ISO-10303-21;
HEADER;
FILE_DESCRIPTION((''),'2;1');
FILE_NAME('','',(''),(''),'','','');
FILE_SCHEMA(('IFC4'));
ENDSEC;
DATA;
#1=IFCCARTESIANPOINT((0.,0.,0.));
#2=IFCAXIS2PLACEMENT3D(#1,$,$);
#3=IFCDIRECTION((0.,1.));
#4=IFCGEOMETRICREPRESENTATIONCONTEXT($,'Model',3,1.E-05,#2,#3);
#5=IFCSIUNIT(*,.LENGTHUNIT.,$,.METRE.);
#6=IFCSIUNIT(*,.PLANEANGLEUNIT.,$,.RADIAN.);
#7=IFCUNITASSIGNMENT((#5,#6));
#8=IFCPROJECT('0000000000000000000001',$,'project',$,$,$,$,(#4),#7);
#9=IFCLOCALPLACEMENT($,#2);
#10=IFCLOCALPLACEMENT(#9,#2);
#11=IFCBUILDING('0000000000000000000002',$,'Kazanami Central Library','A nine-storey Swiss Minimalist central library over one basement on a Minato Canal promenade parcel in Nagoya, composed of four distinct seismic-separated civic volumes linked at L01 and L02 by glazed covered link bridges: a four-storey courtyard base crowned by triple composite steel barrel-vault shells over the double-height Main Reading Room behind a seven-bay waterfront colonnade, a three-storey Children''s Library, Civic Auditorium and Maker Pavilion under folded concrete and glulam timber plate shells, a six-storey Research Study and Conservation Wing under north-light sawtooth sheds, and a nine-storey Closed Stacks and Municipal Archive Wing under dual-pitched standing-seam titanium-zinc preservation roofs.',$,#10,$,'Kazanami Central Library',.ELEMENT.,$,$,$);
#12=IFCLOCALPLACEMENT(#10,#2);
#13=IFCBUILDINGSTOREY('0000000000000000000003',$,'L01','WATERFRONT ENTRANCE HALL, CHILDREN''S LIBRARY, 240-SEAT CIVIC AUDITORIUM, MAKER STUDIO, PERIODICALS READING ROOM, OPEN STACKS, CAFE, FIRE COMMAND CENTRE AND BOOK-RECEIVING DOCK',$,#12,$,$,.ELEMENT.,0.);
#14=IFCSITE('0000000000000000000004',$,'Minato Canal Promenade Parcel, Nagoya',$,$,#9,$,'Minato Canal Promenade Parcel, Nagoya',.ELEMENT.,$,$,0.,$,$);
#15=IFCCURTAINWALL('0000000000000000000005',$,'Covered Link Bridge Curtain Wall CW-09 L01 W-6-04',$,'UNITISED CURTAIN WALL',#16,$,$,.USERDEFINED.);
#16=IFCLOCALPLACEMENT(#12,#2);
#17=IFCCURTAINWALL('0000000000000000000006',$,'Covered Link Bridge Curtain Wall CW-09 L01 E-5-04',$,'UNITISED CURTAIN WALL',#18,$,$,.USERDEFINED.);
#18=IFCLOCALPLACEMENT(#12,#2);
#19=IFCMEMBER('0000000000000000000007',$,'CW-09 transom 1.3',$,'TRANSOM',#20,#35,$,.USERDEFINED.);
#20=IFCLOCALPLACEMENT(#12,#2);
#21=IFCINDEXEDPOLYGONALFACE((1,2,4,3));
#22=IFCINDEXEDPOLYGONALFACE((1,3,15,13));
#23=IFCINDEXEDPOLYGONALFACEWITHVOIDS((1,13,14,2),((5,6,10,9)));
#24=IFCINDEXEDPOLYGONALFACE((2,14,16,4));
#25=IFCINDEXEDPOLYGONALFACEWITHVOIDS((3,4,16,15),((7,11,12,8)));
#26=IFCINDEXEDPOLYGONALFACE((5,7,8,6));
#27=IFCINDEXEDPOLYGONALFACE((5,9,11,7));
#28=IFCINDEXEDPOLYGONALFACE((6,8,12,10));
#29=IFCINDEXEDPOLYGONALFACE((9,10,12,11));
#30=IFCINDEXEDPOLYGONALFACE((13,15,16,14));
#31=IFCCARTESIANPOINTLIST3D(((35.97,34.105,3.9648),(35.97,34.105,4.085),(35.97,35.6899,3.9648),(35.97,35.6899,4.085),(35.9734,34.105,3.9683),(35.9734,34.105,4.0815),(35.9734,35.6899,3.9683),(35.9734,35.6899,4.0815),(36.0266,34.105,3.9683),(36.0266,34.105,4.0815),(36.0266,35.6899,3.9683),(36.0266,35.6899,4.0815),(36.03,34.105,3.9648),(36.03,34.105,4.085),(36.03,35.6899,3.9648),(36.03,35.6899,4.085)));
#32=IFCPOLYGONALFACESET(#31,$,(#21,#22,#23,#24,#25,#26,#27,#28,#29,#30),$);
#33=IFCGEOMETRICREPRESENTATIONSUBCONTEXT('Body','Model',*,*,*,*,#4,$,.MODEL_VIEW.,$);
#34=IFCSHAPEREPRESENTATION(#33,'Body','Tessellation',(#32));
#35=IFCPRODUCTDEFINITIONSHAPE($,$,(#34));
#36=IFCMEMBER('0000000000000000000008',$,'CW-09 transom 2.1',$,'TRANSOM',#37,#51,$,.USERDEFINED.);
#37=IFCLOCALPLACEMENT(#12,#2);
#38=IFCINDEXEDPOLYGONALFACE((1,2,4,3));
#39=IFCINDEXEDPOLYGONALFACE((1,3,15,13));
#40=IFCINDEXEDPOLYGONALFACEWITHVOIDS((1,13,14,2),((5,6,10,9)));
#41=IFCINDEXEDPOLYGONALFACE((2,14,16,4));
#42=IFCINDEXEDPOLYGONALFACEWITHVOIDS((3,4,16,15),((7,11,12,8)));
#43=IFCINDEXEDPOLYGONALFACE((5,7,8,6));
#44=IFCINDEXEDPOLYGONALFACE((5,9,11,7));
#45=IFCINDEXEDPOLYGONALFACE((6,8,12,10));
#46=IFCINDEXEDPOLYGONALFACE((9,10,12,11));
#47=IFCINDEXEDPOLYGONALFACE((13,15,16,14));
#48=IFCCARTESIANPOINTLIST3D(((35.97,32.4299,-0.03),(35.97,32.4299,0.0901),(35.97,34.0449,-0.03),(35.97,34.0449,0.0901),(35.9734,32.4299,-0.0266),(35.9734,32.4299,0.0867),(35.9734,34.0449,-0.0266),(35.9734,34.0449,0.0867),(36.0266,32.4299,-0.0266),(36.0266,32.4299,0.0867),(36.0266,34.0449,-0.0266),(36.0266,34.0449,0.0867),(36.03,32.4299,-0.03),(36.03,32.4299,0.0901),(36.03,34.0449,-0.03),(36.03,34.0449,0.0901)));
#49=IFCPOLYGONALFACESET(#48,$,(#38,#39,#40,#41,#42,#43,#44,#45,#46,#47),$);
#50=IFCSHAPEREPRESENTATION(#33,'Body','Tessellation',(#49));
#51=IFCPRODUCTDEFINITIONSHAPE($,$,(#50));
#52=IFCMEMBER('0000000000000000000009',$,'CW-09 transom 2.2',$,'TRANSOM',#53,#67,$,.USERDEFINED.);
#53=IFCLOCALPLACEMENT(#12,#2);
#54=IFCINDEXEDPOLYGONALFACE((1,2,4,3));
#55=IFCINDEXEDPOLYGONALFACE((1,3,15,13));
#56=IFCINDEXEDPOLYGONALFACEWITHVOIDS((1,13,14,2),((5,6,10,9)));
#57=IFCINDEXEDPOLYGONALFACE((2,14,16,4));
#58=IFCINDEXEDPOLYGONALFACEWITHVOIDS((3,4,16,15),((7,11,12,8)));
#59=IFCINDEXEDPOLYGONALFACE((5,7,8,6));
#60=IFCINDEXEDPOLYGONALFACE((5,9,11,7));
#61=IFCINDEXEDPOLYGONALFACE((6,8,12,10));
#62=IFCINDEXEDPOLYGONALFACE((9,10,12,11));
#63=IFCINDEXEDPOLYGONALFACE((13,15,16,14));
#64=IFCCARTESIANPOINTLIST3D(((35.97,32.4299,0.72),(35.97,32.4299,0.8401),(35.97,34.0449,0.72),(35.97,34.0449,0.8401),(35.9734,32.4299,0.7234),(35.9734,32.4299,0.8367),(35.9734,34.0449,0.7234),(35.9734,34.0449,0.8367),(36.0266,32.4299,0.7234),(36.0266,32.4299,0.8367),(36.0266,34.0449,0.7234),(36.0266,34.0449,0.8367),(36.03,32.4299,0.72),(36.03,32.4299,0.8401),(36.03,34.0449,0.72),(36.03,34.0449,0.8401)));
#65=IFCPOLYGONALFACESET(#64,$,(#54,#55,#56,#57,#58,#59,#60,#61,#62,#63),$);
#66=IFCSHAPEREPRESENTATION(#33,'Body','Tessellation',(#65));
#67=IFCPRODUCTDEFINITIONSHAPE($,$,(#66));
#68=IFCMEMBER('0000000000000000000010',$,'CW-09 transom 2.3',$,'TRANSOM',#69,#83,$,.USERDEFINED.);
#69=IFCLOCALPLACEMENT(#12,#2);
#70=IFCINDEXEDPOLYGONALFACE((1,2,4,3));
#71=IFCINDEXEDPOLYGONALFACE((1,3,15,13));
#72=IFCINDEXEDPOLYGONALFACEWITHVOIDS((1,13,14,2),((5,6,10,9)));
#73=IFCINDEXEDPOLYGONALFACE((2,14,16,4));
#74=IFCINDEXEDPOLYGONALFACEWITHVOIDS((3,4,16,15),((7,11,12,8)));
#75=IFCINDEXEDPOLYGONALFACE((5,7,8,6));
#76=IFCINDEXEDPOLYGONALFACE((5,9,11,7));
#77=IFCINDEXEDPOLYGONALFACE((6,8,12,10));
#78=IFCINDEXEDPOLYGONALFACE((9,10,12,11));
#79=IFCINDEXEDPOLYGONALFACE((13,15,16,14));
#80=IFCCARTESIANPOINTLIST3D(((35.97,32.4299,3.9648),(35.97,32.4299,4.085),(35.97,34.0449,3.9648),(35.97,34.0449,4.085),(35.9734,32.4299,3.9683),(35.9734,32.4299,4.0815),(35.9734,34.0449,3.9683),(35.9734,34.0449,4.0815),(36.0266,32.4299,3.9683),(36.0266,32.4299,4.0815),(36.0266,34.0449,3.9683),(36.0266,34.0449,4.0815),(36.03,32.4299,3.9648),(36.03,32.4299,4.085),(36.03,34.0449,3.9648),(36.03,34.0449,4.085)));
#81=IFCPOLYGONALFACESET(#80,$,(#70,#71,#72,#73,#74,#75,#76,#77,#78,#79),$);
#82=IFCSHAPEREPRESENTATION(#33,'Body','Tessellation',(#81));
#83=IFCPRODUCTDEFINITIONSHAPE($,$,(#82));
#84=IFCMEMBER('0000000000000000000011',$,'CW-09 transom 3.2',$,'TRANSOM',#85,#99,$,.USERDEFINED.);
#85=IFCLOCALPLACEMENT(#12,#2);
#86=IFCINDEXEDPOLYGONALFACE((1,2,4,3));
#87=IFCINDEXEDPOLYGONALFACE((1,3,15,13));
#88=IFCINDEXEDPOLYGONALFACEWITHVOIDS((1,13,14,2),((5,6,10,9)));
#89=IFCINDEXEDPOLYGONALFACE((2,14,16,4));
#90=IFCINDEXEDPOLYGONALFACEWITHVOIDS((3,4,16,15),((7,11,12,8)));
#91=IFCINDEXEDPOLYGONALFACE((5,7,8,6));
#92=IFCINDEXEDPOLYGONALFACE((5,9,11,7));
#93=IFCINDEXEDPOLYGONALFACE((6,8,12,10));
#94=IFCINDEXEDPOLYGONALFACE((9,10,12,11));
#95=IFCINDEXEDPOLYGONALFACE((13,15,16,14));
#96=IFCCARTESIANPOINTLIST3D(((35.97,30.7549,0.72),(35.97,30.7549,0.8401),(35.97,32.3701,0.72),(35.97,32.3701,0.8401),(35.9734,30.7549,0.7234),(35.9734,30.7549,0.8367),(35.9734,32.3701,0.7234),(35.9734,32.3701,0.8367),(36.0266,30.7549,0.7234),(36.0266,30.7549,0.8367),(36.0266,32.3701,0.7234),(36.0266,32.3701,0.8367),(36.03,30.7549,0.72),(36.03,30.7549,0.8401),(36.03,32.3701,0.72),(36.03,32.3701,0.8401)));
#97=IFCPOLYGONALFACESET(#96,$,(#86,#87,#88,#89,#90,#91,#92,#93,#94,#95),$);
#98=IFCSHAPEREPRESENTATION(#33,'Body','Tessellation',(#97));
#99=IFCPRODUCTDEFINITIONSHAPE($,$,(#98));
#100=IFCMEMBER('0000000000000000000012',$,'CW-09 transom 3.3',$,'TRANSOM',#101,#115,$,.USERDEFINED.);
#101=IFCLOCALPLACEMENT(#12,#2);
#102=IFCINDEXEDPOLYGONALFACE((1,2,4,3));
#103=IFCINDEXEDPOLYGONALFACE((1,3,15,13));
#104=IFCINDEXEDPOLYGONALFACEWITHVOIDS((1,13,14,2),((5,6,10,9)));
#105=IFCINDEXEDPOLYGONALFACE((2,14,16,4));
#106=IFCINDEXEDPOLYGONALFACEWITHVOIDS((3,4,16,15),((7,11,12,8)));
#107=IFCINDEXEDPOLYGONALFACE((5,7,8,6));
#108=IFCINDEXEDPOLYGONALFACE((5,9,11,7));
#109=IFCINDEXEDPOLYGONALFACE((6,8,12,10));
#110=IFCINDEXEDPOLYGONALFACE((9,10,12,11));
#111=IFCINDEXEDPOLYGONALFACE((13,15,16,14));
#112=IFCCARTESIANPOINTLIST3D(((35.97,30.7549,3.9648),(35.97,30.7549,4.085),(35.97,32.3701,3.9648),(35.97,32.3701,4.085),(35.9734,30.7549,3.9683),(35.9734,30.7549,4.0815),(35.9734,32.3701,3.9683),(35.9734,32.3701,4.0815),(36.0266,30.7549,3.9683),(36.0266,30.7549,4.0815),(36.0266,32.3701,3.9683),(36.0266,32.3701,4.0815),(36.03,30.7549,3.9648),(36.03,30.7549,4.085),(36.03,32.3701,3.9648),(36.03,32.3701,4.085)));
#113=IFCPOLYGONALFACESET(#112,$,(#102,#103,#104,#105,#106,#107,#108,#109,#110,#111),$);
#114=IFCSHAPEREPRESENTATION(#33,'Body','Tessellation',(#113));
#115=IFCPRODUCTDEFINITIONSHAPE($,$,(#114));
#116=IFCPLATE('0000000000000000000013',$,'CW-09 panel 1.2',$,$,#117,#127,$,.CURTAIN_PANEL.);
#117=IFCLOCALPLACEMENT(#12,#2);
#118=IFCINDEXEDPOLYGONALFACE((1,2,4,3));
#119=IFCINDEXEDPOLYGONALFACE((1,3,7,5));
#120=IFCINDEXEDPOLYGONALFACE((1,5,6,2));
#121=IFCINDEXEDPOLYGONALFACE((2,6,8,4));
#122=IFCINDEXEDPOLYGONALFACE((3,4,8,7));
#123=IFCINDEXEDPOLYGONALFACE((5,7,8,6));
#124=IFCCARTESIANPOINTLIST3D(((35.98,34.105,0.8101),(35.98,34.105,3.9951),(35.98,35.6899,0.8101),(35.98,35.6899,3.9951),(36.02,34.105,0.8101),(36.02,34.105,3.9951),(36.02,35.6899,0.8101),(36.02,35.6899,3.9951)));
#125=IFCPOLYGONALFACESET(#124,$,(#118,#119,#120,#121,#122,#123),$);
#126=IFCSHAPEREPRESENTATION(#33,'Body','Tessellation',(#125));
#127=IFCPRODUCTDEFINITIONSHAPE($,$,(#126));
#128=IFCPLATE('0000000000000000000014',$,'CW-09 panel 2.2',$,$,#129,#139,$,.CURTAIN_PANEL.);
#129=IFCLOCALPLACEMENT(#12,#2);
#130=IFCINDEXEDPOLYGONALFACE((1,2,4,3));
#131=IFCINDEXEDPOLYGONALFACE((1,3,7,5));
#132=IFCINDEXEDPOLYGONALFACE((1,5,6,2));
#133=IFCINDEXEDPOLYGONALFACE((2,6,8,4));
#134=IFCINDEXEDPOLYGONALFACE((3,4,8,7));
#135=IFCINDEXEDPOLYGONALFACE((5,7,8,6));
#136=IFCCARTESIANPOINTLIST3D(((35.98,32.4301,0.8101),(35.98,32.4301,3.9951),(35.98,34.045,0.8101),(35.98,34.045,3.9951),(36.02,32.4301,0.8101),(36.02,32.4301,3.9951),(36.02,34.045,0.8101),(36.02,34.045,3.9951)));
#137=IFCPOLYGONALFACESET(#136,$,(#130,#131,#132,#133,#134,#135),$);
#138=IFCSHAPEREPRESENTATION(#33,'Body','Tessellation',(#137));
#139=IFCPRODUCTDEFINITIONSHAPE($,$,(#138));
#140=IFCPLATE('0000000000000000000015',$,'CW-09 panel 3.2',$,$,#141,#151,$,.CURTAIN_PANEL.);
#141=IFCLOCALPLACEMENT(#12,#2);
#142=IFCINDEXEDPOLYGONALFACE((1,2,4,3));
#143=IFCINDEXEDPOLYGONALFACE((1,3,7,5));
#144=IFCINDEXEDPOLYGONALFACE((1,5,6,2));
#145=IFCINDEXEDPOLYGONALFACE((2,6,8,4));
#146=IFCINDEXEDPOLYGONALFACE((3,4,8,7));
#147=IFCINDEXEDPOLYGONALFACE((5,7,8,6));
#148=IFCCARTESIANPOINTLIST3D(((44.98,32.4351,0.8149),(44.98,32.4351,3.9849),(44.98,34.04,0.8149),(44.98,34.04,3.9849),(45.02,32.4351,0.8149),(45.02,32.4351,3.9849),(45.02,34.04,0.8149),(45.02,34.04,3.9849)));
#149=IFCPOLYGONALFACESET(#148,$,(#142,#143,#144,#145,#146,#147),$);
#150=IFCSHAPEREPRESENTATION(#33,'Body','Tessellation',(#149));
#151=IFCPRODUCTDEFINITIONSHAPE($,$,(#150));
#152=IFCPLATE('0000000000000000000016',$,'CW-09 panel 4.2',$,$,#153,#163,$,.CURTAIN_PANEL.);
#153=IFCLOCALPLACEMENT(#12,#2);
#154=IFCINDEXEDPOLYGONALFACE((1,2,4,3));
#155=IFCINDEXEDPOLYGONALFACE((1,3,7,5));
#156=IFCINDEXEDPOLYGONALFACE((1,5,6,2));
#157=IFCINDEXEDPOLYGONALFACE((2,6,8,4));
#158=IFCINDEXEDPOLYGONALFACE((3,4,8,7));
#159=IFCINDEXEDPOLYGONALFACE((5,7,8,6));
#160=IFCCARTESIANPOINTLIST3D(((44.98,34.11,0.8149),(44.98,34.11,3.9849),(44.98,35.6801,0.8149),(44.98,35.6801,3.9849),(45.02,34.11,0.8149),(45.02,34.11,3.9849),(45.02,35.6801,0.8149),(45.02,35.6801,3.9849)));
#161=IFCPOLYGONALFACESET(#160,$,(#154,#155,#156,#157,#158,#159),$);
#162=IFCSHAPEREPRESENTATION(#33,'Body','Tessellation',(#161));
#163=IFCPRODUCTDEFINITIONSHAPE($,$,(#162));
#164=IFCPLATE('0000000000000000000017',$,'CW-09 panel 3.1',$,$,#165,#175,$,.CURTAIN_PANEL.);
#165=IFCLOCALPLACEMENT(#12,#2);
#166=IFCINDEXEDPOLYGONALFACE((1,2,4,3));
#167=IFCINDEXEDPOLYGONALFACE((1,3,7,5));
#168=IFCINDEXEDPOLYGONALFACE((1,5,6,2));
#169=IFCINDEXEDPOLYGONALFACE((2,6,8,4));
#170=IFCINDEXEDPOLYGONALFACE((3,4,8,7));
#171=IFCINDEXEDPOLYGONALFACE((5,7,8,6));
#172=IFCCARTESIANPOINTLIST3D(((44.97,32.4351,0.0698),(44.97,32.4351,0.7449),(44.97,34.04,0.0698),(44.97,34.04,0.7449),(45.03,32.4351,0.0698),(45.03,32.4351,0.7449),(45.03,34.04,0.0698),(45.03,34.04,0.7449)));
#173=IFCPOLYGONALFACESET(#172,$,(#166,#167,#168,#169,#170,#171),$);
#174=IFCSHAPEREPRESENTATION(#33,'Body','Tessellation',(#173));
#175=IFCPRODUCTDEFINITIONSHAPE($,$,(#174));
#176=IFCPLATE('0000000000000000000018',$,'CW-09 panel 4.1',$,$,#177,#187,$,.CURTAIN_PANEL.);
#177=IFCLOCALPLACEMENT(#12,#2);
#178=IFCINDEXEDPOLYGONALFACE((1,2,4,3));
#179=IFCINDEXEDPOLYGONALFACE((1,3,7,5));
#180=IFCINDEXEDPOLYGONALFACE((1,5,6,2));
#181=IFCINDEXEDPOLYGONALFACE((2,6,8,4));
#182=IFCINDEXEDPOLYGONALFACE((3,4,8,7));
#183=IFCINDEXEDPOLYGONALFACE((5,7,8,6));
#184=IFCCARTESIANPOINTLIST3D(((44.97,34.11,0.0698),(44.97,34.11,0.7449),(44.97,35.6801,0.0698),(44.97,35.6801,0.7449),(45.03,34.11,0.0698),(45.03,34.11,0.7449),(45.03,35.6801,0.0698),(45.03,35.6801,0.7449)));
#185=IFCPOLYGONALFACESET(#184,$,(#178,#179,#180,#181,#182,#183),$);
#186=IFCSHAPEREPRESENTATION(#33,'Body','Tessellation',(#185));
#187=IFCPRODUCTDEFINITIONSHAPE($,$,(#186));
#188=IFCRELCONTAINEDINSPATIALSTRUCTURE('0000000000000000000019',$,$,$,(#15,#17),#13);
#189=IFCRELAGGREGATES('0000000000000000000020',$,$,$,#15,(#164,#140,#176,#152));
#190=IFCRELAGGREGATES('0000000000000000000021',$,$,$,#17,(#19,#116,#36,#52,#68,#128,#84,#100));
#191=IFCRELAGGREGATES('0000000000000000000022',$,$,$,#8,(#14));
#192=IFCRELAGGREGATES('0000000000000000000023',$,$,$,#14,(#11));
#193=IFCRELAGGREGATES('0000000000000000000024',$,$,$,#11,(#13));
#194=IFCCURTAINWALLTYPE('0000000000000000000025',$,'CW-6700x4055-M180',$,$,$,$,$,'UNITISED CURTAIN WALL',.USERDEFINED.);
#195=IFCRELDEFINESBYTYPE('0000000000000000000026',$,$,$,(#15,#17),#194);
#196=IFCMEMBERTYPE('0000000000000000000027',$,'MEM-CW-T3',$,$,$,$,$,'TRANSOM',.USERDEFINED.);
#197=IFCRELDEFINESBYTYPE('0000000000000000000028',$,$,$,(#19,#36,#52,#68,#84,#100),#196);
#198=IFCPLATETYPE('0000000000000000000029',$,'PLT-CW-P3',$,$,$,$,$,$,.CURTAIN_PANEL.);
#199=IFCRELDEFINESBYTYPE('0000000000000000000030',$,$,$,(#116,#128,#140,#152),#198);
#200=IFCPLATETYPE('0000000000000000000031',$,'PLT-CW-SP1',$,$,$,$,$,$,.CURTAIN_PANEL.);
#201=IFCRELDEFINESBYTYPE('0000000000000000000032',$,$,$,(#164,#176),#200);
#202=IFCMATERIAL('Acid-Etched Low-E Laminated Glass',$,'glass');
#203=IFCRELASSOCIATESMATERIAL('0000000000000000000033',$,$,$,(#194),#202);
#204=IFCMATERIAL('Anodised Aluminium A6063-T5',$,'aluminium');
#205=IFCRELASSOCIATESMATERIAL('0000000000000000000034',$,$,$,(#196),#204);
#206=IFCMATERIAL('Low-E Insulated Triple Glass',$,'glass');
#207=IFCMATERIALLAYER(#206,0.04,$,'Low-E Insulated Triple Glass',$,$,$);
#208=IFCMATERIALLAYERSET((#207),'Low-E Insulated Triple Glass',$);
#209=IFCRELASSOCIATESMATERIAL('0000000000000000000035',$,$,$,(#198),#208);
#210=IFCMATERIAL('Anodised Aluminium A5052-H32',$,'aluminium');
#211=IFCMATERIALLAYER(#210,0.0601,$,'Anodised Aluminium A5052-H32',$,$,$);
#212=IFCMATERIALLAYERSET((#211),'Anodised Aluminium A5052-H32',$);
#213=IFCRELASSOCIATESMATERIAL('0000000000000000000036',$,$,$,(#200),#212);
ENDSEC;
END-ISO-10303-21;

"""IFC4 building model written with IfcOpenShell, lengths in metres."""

from ifc_helpers import new_model, si_unit, direction, frame, origin, origin_2d, place, context, subcontext, project, spatial, rectangle, hollow_rectangle, extrude, material, layer, layer_set, material_profile, profile_set, type_object, element, aggregate, save


model = new_model("IFC4")

# Units and contexts
model_context = context("Model", 3, precision=1e-05, world=origin(), true_north=direction((0.0, 1.0)))
body_context = subcontext(model_context, "Body", "Model", "MODEL_VIEW")
ifc_project = project(units=[si_unit("LENGTHUNIT", "METRE"), si_unit("PLANEANGLEUNIT", "RADIAN")], contexts=[model_context])

# Site, building, storey
site_placement = place(None, origin())
site = spatial("IfcSite", under=ifc_project, at=site_placement, Name="Minato Canal Promenade Parcel, Nagoya", LongName="Minato Canal Promenade Parcel, Nagoya", CompositionType="ELEMENT", RefElevation=0.0)
building_placement = place(site_placement, origin())
building = spatial("IfcBuilding", under=site, at=building_placement, Name="Kazanami Central Library", Description="A nine-storey Swiss Minimalist central library over one basement on a Minato Canal promenade parcel in Nagoya, composed of four distinct seismic-separated civic volumes linked at L01 and L02 by glazed covered link bridges: a four-storey courtyard base crowned by triple composite steel barrel-vault shells over the double-height Main Reading Room behind a seven-bay waterfront colonnade, a three-storey Children's Library, Civic Auditorium and Maker Pavilion under folded concrete and glulam timber plate shells, a six-storey Research Study and Conservation Wing under north-light sawtooth sheds, and a nine-storey Closed Stacks and Municipal Archive Wing under dual-pitched standing-seam titanium-zinc preservation roofs.", LongName="Kazanami Central Library", CompositionType="ELEMENT")
storey_placement = place(building_placement, origin())
storey = spatial("IfcBuildingStorey", under=building, at=storey_placement, Name="L01", Description="WATERFRONT ENTRANCE HALL, CHILDREN'S LIBRARY, 240-SEAT CIVIC AUDITORIUM, MAKER STUDIO, PERIODICALS READING ROOM, OPEN STACKS, CAFE, FIRE COMMAND CENTRE AND BOOK-RECEIVING DOCK", CompositionType="ELEMENT", Elevation=0.0)

# Curtain wall
ifc_material_1 = material(Name="Acid-Etched Low-E Laminated Glass", Category="glass")
curtain_wall_type = type_object("IfcCurtainWallType", Name="CW-6700x4055-M180", ElementType="UNITISED CURTAIN WALL", PredefinedType="USERDEFINED", material=ifc_material_1)
curtain_wall_1_placement = place(storey_placement, origin())
curtain_wall_1 = element("IfcCurtainWall", 1, at=curtain_wall_1_placement, inside=storey, type_object=curtain_wall_type, Name="Covered Link Bridge Curtain Wall CW-09 L01 W-6-04", ObjectType="UNITISED CURTAIN WALL", PredefinedType="USERDEFINED")
ifc_material_2 = material(Name="Anodised Aluminium A6063-T5", Category="aluminium")

# Curtain wall
curtain_wall_2_placement = place(storey_placement, origin())
curtain_wall_2 = element("IfcCurtainWall", 2, at=curtain_wall_2_placement, inside=storey, type_object=curtain_wall_type, Name="Covered Link Bridge Curtain Wall CW-09 L01 E-5-04", ObjectType="UNITISED CURTAIN WALL", PredefinedType="USERDEFINED")

# Members
ifc_material_profile_1 = material_profile(ifc_material_2, hollow_rectangle(XDim=0.0601, YDim=0.1201, WallThickness=0.0034, at=origin_2d()), Name="ALU-TRAN-60x120x3.5")
ifc_profile_set_1 = profile_set([ifc_material_profile_1], Name="Anodised Aluminium A6063-T5")
member_type_1 = type_object("IfcMemberType", Name="MEM-CW-T3", ElementType="TRANSOM", PredefinedType="USERDEFINED", material=ifc_profile_set_1)
member_1_placement = place(storey_placement, frame((36.0, 35.6899, 4.0249), z_axis=(0.0, -1.0, 0.0), x_axis=(1.0, 0.0, 0.0)))
member_1 = element("IfcMember", 3, at=member_1_placement, type_object=member_type_1, Name="CW-09 transom 1.3", ObjectType="TRANSOM", PredefinedType="USERDEFINED", context=body_context, shape_type="SweptSolid", body=[
    extrude(hollow_rectangle(XDim=0.0601, YDim=0.1201, WallThickness=0.0034, at=origin_2d()), origin(), (0.0, 0.0, 1.0), 1.585),
])
member_2_placement = place(storey_placement, frame((36.0, 34.0449, 0.03), z_axis=(0.0, -1.0, 0.0), x_axis=(1.0, 0.0, 0.0)))
member_2 = element("IfcMember", 4, at=member_2_placement, type_object=member_type_1, Name="CW-09 transom 2.1", ObjectType="TRANSOM", PredefinedType="USERDEFINED", context=body_context, shape_type="SweptSolid", body=[
    extrude(hollow_rectangle(XDim=0.0601, YDim=0.1201, WallThickness=0.0034, at=origin_2d()), origin(), (0.0, 0.0, 1.0), 1.615),
])
member_3_placement = place(storey_placement, frame((36.0, 34.0449, 0.78), z_axis=(0.0, -1.0, 0.0), x_axis=(1.0, 0.0, 0.0)))
member_3 = element("IfcMember", 5, at=member_3_placement, type_object=member_type_1, Name="CW-09 transom 2.2", ObjectType="TRANSOM", PredefinedType="USERDEFINED", context=body_context, shape_type="SweptSolid", body=[
    extrude(hollow_rectangle(XDim=0.0601, YDim=0.1201, WallThickness=0.0034, at=origin_2d()), origin(), (0.0, 0.0, 1.0), 1.615),
])
member_4_placement = place(storey_placement, frame((36.0, 34.0449, 4.0249), z_axis=(0.0, -1.0, 0.0), x_axis=(1.0, 0.0, 0.0)))
member_4 = element("IfcMember", 6, at=member_4_placement, type_object=member_type_1, Name="CW-09 transom 2.3", ObjectType="TRANSOM", PredefinedType="USERDEFINED", context=body_context, shape_type="SweptSolid", body=[
    extrude(hollow_rectangle(XDim=0.0601, YDim=0.1201, WallThickness=0.0034, at=origin_2d()), origin(), (0.0, 0.0, 1.0), 1.615),
])
member_5_placement = place(storey_placement, frame((36.0, 32.3701, 0.78), z_axis=(0.0, -1.0, 0.0), x_axis=(1.0, 0.0, 0.0)))
member_5 = element("IfcMember", 7, at=member_5_placement, type_object=member_type_1, Name="CW-09 transom 3.2", ObjectType="TRANSOM", PredefinedType="USERDEFINED", context=body_context, shape_type="SweptSolid", body=[
    extrude(hollow_rectangle(XDim=0.0601, YDim=0.1201, WallThickness=0.0034, at=origin_2d()), origin(), (0.0, 0.0, 1.0), 1.6152),
])
member_6_placement = place(storey_placement, frame((36.0, 32.3701, 4.0249), z_axis=(0.0, -1.0, 0.0), x_axis=(1.0, 0.0, 0.0)))
member_6 = element("IfcMember", 8, at=member_6_placement, type_object=member_type_1, Name="CW-09 transom 3.3", ObjectType="TRANSOM", PredefinedType="USERDEFINED", context=body_context, shape_type="SweptSolid", body=[
    extrude(hollow_rectangle(XDim=0.0601, YDim=0.1201, WallThickness=0.0034, at=origin_2d()), origin(), (0.0, 0.0, 1.0), 1.6152),
])

# Plates
ifc_material_3 = material(Name="Low-E Insulated Triple Glass", Category="glass")
ifc_layer_1 = layer(ifc_material_3, 0.04, Name="Low-E Insulated Triple Glass")
ifc_layer_set_1 = layer_set([ifc_layer_1], Name="Low-E Insulated Triple Glass")
plate_type_1 = type_object("IfcPlateType", Name="PLT-CW-P3", PredefinedType="CURTAIN_PANEL", material=ifc_layer_set_1)
plate_1_placement = place(storey_placement, frame((36.0, 34.8975, 0.8101), z_axis=(0.0, 0.0, 1.0), x_axis=(0.0, -1.0, 0.0)))
plate_1 = element("IfcPlate", 9, at=plate_1_placement, type_object=plate_type_1, Name="CW-09 panel 1.2", PredefinedType="CURTAIN_PANEL", context=body_context, shape_type="SweptSolid", body=[
    extrude(rectangle(XDim=1.585, YDim=0.04, at=origin_2d()), origin(), (0.0, 0.0, 1.0), 3.1851),
])
plate_2_placement = place(storey_placement, frame((36.0, 33.2375, 0.8101), z_axis=(0.0, 0.0, 1.0), x_axis=(0.0, -1.0, 0.0)))
plate_2 = element("IfcPlate", 10, at=plate_2_placement, type_object=plate_type_1, Name="CW-09 panel 2.2", PredefinedType="CURTAIN_PANEL", context=body_context, shape_type="SweptSolid", body=[
    extrude(rectangle(XDim=1.615, YDim=0.04, at=origin_2d()), origin(), (0.0, 0.0, 1.0), 3.1851),
])
plate_3_placement = place(storey_placement, frame((45.0, 33.2375, 0.8149), z_axis=(0.0, 0.0, 1.0), x_axis=(0.0, 1.0, 0.0)))
plate_3 = element("IfcPlate", 11, at=plate_3_placement, type_object=plate_type_1, Name="CW-09 panel 3.2", PredefinedType="CURTAIN_PANEL", context=body_context, shape_type="SweptSolid", body=[
    extrude(rectangle(XDim=1.605, YDim=0.04, at=origin_2d()), origin(), (0.0, 0.0, 1.0), 3.1699),
])
plate_4_placement = place(storey_placement, frame((45.0, 34.895, 0.8149), z_axis=(0.0, 0.0, 1.0), x_axis=(0.0, 1.0, 0.0)))
plate_4 = element("IfcPlate", 12, at=plate_4_placement, type_object=plate_type_1, Name="CW-09 panel 4.2", PredefinedType="CURTAIN_PANEL", context=body_context, shape_type="SweptSolid", body=[
    extrude(rectangle(XDim=1.5701, YDim=0.04, at=origin_2d()), origin(), (0.0, 0.0, 1.0), 3.1699),
])
ifc_material_4 = material(Name="Anodised Aluminium A5052-H32", Category="aluminium")
ifc_layer_2 = layer(ifc_material_4, 0.0601, Name="Anodised Aluminium A5052-H32")
ifc_layer_set_2 = layer_set([ifc_layer_2], Name="Anodised Aluminium A5052-H32")
plate_type_2 = type_object("IfcPlateType", Name="PLT-CW-SP1", PredefinedType="CURTAIN_PANEL", material=ifc_layer_set_2)
plate_5_placement = place(storey_placement, frame((45.0, 33.2375, 0.0698), z_axis=(0.0, 0.0, 1.0), x_axis=(0.0, 1.0, 0.0)))
plate_5 = element("IfcPlate", 13, at=plate_5_placement, type_object=plate_type_2, Name="CW-09 panel 3.1", PredefinedType="CURTAIN_PANEL", context=body_context, shape_type="SweptSolid", body=[
    extrude(rectangle(XDim=1.605, YDim=0.0601, at=origin_2d()), origin(), (0.0, 0.0, 1.0), 0.675),
])
plate_6_placement = place(storey_placement, frame((45.0, 34.895, 0.0698), z_axis=(0.0, 0.0, 1.0), x_axis=(0.0, 1.0, 0.0)))
plate_6 = element("IfcPlate", 14, at=plate_6_placement, type_object=plate_type_2, Name="CW-09 panel 4.1", PredefinedType="CURTAIN_PANEL", context=body_context, shape_type="SweptSolid", body=[
    extrude(rectangle(XDim=1.5701, YDim=0.0601, at=origin_2d()), origin(), (0.0, 0.0, 1.0), 0.675),
])
aggregate(curtain_wall_1, [plate_5, plate_3, plate_6, plate_4])
aggregate(curtain_wall_2, [member_1, plate_1, member_2, member_3, member_4, plate_2, member_5, member_6])

save(model, "model.ifc")
